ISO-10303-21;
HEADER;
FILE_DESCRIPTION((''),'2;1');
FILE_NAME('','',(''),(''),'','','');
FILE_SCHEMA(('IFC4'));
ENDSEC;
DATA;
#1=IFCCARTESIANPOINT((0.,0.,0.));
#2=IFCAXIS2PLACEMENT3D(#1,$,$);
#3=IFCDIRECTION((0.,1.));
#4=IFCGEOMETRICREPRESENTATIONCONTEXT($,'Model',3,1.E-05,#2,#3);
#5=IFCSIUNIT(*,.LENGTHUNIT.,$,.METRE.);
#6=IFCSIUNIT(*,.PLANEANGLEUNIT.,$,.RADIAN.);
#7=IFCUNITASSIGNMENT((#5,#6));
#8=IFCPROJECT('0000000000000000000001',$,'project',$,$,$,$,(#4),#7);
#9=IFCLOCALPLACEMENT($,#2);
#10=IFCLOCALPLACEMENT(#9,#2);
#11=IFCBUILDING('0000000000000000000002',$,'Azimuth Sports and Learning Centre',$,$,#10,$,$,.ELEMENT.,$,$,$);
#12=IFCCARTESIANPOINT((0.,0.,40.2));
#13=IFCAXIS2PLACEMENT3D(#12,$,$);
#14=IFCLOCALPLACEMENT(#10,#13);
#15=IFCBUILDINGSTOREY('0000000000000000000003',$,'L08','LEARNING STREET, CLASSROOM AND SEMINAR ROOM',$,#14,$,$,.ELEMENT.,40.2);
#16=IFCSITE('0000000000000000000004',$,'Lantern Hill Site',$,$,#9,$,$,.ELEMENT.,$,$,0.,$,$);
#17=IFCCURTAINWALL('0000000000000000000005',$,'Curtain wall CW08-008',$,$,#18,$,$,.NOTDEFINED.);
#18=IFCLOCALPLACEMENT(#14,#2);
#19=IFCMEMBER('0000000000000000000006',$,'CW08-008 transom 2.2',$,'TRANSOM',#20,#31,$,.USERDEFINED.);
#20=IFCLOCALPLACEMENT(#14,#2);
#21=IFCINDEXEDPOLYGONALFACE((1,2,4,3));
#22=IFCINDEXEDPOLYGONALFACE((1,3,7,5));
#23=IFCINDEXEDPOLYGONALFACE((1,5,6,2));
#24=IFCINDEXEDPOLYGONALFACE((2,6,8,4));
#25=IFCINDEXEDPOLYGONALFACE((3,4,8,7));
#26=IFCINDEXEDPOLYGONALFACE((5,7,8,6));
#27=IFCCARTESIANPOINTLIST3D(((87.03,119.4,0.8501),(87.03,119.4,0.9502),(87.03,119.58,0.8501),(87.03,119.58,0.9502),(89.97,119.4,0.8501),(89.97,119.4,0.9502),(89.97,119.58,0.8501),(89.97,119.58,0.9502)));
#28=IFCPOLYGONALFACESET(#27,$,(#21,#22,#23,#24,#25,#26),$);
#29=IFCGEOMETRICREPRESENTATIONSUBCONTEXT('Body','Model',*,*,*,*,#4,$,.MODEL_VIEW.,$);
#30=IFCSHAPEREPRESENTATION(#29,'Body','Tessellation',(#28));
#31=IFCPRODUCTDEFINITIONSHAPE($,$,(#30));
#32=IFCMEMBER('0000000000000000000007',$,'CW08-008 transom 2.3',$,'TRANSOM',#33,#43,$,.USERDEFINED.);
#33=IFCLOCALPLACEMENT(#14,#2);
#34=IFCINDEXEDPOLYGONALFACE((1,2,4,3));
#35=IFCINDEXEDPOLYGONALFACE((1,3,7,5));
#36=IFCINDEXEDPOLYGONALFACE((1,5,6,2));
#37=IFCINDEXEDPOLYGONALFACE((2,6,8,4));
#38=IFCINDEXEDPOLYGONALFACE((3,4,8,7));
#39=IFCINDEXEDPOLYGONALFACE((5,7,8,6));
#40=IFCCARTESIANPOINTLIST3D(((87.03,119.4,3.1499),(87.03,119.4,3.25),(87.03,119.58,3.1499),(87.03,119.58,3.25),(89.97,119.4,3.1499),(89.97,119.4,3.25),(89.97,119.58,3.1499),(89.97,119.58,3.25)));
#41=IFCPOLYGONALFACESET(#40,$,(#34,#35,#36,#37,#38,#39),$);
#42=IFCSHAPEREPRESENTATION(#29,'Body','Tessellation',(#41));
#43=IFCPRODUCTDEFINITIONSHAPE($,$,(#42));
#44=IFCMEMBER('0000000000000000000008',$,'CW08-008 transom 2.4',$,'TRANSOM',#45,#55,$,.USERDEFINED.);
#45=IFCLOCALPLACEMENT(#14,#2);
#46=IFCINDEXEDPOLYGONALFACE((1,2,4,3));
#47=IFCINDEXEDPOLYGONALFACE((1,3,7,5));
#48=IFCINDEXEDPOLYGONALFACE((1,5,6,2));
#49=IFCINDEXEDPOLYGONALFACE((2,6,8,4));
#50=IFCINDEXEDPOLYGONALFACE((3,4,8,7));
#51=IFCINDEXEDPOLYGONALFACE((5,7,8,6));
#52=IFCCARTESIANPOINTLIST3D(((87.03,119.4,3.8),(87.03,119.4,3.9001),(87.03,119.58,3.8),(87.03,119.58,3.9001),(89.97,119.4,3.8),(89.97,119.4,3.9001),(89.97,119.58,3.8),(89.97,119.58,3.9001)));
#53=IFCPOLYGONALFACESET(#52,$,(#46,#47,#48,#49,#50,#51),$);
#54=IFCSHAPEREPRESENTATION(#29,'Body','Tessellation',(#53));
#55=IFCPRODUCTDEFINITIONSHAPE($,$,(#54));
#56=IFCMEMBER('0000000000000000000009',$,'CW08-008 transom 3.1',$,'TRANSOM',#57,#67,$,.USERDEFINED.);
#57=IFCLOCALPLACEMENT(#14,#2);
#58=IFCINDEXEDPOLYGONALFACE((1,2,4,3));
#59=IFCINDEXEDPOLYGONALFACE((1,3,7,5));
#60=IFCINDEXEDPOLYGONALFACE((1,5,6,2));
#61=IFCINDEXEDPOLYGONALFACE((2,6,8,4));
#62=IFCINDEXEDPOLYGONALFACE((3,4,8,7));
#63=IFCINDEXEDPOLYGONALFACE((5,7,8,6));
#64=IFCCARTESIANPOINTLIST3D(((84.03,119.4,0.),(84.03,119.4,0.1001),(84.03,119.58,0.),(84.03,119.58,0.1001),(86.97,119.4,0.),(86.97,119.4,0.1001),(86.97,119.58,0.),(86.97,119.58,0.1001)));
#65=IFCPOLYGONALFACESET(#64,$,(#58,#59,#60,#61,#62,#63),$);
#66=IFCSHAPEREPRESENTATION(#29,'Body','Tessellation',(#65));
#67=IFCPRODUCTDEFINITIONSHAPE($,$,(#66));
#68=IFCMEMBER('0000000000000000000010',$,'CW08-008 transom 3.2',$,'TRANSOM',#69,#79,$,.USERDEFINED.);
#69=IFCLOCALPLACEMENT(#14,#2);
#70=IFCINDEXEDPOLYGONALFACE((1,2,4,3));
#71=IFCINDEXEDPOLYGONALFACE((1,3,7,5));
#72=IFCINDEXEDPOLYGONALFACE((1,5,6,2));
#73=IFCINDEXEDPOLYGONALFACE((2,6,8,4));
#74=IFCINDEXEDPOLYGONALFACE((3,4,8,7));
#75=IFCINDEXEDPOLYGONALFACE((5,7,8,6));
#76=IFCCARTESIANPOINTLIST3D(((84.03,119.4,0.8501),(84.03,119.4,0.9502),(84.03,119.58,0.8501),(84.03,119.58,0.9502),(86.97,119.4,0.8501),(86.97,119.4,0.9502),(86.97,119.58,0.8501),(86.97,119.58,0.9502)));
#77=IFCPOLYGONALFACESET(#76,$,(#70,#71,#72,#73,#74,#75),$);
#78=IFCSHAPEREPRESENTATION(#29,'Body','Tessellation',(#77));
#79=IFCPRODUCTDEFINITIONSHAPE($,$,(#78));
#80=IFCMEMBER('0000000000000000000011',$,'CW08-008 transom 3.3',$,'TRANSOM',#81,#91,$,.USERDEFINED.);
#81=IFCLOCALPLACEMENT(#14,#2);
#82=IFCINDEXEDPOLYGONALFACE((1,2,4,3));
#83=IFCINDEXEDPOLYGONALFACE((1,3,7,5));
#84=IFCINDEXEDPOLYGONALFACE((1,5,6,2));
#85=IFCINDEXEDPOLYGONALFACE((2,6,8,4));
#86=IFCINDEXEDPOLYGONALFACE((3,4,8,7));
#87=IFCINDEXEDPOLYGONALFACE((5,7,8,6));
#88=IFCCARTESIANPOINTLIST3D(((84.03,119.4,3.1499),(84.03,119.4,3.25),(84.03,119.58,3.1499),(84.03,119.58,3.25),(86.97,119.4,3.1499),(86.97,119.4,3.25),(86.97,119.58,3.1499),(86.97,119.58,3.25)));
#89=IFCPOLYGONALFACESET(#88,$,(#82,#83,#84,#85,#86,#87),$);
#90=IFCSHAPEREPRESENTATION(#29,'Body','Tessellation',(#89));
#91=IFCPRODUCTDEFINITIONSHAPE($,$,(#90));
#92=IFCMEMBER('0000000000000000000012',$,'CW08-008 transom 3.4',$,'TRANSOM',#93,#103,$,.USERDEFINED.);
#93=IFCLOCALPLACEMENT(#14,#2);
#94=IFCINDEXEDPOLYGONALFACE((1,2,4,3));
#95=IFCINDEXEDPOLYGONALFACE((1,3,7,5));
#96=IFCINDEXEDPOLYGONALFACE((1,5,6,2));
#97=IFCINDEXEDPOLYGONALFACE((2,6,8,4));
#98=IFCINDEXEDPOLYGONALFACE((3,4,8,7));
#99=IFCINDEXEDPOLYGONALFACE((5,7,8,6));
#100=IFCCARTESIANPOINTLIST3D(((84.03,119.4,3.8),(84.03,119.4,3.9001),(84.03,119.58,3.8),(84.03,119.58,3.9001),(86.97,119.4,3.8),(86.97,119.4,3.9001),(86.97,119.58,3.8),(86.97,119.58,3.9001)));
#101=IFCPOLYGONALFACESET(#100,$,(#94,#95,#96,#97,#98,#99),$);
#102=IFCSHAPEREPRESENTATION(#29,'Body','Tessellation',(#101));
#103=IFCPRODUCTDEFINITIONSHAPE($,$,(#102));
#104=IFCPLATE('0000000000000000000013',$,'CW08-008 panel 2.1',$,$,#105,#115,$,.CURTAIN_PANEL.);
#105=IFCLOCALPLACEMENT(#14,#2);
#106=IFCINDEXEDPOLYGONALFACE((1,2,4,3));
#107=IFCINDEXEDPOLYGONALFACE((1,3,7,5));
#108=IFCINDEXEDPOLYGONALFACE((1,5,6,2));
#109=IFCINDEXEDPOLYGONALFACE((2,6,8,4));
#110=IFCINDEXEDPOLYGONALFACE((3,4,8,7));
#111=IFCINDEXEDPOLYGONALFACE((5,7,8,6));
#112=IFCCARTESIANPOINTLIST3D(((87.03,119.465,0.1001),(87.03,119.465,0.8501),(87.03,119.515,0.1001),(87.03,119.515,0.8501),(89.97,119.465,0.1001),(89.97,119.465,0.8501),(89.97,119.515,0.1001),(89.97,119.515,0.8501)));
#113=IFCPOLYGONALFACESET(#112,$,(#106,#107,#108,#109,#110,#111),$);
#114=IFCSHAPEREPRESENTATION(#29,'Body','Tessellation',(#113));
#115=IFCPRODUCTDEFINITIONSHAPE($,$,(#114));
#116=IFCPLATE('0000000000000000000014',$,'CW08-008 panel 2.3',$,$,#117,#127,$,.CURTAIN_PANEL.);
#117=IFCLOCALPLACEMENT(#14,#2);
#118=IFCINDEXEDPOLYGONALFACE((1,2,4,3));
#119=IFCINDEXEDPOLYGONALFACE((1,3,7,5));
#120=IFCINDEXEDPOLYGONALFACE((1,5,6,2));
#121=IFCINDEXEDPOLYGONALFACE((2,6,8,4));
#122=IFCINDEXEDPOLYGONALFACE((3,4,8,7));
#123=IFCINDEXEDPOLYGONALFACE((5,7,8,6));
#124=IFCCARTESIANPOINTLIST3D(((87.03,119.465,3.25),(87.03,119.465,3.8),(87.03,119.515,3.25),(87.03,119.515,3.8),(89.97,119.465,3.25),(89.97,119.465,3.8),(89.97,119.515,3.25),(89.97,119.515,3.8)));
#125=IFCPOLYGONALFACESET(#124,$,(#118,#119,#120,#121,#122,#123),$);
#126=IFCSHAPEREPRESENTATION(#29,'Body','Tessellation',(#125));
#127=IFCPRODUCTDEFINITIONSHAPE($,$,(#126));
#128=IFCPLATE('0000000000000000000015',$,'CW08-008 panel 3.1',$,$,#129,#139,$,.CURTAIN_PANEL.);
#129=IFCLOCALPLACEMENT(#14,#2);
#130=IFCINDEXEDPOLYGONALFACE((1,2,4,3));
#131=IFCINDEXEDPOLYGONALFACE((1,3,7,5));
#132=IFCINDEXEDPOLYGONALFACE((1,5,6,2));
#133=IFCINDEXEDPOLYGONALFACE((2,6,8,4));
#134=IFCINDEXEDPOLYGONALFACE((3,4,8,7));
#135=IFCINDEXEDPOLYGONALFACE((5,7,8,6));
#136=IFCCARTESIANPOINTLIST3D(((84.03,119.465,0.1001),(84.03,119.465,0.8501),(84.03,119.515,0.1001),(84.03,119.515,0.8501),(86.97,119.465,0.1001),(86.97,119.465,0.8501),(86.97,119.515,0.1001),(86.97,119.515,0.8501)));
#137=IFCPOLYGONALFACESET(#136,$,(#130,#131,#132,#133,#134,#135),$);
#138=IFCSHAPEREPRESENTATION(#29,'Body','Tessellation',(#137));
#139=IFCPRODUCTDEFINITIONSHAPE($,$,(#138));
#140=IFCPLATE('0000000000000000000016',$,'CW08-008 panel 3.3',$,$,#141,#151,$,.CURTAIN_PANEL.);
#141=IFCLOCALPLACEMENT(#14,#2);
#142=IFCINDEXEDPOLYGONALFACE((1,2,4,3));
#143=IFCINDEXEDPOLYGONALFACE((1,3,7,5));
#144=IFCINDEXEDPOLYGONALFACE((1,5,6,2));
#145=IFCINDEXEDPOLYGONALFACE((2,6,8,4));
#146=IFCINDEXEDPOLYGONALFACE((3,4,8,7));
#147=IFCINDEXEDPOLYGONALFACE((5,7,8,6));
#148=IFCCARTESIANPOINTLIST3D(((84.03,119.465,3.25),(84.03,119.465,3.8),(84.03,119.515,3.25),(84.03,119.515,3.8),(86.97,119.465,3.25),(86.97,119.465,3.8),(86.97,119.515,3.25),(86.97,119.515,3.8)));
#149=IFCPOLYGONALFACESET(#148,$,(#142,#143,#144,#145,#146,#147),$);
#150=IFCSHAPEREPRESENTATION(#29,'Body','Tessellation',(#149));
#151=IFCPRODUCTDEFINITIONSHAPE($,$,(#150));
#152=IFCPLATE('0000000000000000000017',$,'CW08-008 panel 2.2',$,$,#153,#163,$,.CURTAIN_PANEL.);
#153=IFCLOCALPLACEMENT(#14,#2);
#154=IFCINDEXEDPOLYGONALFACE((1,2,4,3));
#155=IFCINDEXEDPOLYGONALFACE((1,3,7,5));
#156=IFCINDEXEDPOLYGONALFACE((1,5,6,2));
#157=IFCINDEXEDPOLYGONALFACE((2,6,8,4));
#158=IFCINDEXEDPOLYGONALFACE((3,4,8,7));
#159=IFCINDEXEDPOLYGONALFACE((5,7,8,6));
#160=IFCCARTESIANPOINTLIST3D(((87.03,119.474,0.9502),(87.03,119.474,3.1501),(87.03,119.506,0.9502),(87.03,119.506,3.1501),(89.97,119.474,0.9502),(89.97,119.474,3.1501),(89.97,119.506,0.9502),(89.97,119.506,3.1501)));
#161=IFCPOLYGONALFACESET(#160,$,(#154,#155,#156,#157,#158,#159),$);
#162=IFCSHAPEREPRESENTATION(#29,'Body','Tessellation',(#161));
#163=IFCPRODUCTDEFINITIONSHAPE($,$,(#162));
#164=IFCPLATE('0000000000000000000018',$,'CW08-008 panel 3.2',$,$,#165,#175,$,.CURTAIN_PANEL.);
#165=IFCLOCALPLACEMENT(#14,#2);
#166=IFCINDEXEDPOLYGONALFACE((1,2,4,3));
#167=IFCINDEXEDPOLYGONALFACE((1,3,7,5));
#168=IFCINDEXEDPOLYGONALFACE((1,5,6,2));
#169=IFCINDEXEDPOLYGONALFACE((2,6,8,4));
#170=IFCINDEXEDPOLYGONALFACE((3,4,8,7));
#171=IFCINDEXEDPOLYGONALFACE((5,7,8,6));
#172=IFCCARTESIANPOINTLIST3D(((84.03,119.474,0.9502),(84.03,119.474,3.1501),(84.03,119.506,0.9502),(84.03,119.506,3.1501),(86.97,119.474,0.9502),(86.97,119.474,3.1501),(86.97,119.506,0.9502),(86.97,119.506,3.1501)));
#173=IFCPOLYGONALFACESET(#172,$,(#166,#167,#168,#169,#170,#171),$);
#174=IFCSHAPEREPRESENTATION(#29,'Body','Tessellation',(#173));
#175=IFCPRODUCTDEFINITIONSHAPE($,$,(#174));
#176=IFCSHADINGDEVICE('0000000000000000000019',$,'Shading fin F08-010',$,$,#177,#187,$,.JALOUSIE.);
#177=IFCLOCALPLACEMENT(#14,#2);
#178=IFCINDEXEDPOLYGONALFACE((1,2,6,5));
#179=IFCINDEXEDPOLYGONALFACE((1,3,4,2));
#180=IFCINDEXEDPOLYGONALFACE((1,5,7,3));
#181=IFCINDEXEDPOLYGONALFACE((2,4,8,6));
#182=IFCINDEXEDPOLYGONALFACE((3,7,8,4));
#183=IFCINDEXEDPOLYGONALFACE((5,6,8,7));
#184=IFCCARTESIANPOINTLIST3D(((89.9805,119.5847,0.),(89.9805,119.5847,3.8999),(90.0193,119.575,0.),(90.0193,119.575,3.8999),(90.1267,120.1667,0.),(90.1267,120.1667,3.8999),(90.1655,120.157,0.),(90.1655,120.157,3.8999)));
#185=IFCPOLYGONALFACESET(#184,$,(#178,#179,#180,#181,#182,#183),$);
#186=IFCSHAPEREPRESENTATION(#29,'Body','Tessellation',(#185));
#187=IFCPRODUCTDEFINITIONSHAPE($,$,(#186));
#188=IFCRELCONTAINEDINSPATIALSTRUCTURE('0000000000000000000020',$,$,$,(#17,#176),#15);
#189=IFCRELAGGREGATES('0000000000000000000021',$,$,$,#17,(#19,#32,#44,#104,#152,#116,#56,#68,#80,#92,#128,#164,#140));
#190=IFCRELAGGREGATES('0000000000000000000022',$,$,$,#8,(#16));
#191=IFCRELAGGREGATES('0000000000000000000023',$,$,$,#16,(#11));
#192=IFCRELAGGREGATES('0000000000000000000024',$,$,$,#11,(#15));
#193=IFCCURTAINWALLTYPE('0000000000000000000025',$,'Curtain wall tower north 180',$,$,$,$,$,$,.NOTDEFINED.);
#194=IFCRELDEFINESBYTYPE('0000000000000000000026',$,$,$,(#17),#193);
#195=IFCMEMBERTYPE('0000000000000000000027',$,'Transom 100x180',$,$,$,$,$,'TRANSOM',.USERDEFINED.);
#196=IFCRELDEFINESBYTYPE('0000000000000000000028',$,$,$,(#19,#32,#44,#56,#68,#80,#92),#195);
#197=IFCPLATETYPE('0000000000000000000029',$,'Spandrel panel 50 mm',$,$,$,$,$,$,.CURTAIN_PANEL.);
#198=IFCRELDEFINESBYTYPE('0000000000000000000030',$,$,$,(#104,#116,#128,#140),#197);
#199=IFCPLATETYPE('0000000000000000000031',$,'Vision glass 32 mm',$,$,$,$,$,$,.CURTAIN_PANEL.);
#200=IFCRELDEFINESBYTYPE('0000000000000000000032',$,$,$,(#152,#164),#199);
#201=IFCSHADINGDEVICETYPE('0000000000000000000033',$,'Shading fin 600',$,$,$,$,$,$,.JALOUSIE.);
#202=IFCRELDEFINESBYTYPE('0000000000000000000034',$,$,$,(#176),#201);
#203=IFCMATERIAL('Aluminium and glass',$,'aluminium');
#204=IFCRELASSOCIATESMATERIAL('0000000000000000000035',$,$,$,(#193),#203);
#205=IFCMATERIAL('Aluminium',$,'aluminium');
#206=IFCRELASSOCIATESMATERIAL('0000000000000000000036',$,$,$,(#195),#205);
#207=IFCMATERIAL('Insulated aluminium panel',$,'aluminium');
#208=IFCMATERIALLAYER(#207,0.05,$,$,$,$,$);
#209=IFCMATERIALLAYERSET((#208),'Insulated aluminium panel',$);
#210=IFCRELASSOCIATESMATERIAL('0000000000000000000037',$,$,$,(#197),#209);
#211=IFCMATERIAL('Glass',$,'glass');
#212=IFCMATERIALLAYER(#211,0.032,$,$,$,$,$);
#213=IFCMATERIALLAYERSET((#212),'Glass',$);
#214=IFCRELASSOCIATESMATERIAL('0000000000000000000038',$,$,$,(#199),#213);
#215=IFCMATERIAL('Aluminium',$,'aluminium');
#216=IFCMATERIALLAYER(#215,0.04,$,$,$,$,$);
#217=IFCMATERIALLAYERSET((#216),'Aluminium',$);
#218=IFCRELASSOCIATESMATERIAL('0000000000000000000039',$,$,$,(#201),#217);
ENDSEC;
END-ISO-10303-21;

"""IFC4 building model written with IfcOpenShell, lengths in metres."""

from ifc_helpers import new_model, si_unit, direction, frame, origin, origin_2d, place, context, subcontext, project, spatial, rectangle, extrude, material, layer, layer_set, material_profile, profile_set, type_object, element, aggregate, save


model = new_model("IFC4")

# Units and contexts
model_context = context("Model", 3, precision=1e-05, world=origin(), true_north=direction((0.0, 1.0)))
body_context = subcontext(model_context, "Body", "Model", "MODEL_VIEW")
ifc_project = project(units=[si_unit("LENGTHUNIT", "METRE"), si_unit("PLANEANGLEUNIT", "RADIAN")], contexts=[model_context])

# Site, building, storey
site_placement = place(None, origin())
site = spatial("IfcSite", under=ifc_project, at=site_placement, Name="Lantern Hill Site", CompositionType="ELEMENT", RefElevation=0.0)
building_placement = place(site_placement, origin())
building = spatial("IfcBuilding", under=site, at=building_placement, Name="Azimuth Sports and Learning Centre", CompositionType="ELEMENT")
storey_placement = place(building_placement, frame((0.0, 0.0, 40.2)))
storey = spatial("IfcBuildingStorey", under=building, at=storey_placement, Name="L08", Description="LEARNING STREET, CLASSROOM AND SEMINAR ROOM", CompositionType="ELEMENT", Elevation=40.2)

# Curtain wall, members, plates
ifc_material_1 = material(Name="Aluminium and glass", Category="aluminium")
curtain_wall_type = type_object("IfcCurtainWallType", Name="Curtain wall tower north 180", PredefinedType="NOTDEFINED", material=ifc_material_1)
curtain_wall_placement = place(storey_placement, origin())
curtain_wall = element("IfcCurtainWall", 1, at=curtain_wall_placement, inside=storey, type_object=curtain_wall_type, Name="Curtain wall CW08-008", PredefinedType="NOTDEFINED")
ifc_material_2 = material(Name="Aluminium", Category="aluminium")
ifc_material_profile_1 = material_profile(ifc_material_2, rectangle(XDim=0.1799, YDim=0.1001, at=origin_2d()), Name="Transom 100x180")
ifc_profile_set_1 = profile_set([ifc_material_profile_1], Name="Aluminium")
member_type_1 = type_object("IfcMemberType", Name="Transom 100x180", ElementType="TRANSOM", PredefinedType="USERDEFINED", material=ifc_profile_set_1)
member_1_placement = place(storey_placement, frame((89.97, 119.49, 0.9001), z_axis=(-1.0, 0.0, 0.0), x_axis=(0.0, -1.0, 0.0)))
member_1 = element("IfcMember", 2, at=member_1_placement, type_object=member_type_1, Name="CW08-008 transom 2.2", ObjectType="TRANSOM", PredefinedType="USERDEFINED", context=body_context, shape_type="SweptSolid", body=[
    extrude(rectangle(XDim=0.1799, YDim=0.1001, at=origin_2d()), origin(), (0.0, 0.0, 1.0), 2.9399),
])
member_2_placement = place(storey_placement, frame((89.97, 119.49, 3.2), z_axis=(-1.0, 0.0, 0.0), x_axis=(0.0, -1.0, 0.0)))
member_2 = element("IfcMember", 3, at=member_2_placement, type_object=member_type_1, Name="CW08-008 transom 2.3", ObjectType="TRANSOM", PredefinedType="USERDEFINED", context=body_context, shape_type="SweptSolid", body=[
    extrude(rectangle(XDim=0.1799, YDim=0.1001, at=origin_2d()), origin(), (0.0, 0.0, 1.0), 2.9399),
])
member_3_placement = place(storey_placement, frame((89.97, 119.49, 3.8501), z_axis=(-1.0, 0.0, 0.0), x_axis=(0.0, -1.0, 0.0)))
member_3 = element("IfcMember", 4, at=member_3_placement, type_object=member_type_1, Name="CW08-008 transom 2.4", ObjectType="TRANSOM", PredefinedType="USERDEFINED", context=body_context, shape_type="SweptSolid", body=[
    extrude(rectangle(XDim=0.1799, YDim=0.1001, at=origin_2d()), origin(), (0.0, 0.0, 1.0), 2.9399),
])
member_4_placement = place(storey_placement, frame((86.97, 119.49, 0.05), z_axis=(-1.0, 0.0, 0.0), x_axis=(0.0, -1.0, 0.0)))
member_4 = element("IfcMember", 5, at=member_4_placement, type_object=member_type_1, Name="CW08-008 transom 3.1", ObjectType="TRANSOM", PredefinedType="USERDEFINED", context=body_context, shape_type="SweptSolid", body=[
    extrude(rectangle(XDim=0.1799, YDim=0.1001, at=origin_2d()), origin(), (0.0, 0.0, 1.0), 2.9399),
])
member_5_placement = place(storey_placement, frame((86.97, 119.49, 0.9001), z_axis=(-1.0, 0.0, 0.0), x_axis=(0.0, -1.0, 0.0)))
member_5 = element("IfcMember", 6, at=member_5_placement, type_object=member_type_1, Name="CW08-008 transom 3.2", ObjectType="TRANSOM", PredefinedType="USERDEFINED", context=body_context, shape_type="SweptSolid", body=[
    extrude(rectangle(XDim=0.1799, YDim=0.1001, at=origin_2d()), origin(), (0.0, 0.0, 1.0), 2.9399),
])
member_6_placement = place(storey_placement, frame((86.97, 119.49, 3.2), z_axis=(-1.0, 0.0, 0.0), x_axis=(0.0, -1.0, 0.0)))
member_6 = element("IfcMember", 7, at=member_6_placement, type_object=member_type_1, Name="CW08-008 transom 3.3", ObjectType="TRANSOM", PredefinedType="USERDEFINED", context=body_context, shape_type="SweptSolid", body=[
    extrude(rectangle(XDim=0.1799, YDim=0.1001, at=origin_2d()), origin(), (0.0, 0.0, 1.0), 2.9399),
])
member_7_placement = place(storey_placement, frame((86.97, 119.49, 3.8501), z_axis=(-1.0, 0.0, 0.0), x_axis=(0.0, -1.0, 0.0)))
member_7 = element("IfcMember", 8, at=member_7_placement, type_object=member_type_1, Name="CW08-008 transom 3.4", ObjectType="TRANSOM", PredefinedType="USERDEFINED", context=body_context, shape_type="SweptSolid", body=[
    extrude(rectangle(XDim=0.1799, YDim=0.1001, at=origin_2d()), origin(), (0.0, 0.0, 1.0), 2.9399),
])
ifc_material_3 = material(Name="Insulated aluminium panel", Category="aluminium")
ifc_layer_1 = layer(ifc_material_3, 0.05)
ifc_layer_set_1 = layer_set([ifc_layer_1], Name="Insulated aluminium panel")
plate_type_1 = type_object("IfcPlateType", Name="Spandrel panel 50 mm", PredefinedType="CURTAIN_PANEL", material=ifc_layer_set_1)
plate_1_placement = place(storey_placement, frame((88.5, 119.49, 0.1001), z_axis=(0.0, 0.0, 1.0), x_axis=(-1.0, 0.0, 0.0)))
plate_1 = element("IfcPlate", 9, at=plate_1_placement, type_object=plate_type_1, Name="CW08-008 panel 2.1", PredefinedType="CURTAIN_PANEL", context=body_context, shape_type="SweptSolid", body=[
    extrude(rectangle(XDim=2.9399, YDim=0.05, at=origin_2d()), origin(), (0.0, 0.0, 1.0), 0.75),
])
plate_2_placement = place(storey_placement, frame((88.5, 119.49, 3.25), z_axis=(0.0, 0.0, 1.0), x_axis=(-1.0, 0.0, 0.0)))
plate_2 = element("IfcPlate", 10, at=plate_2_placement, type_object=plate_type_1, Name="CW08-008 panel 2.3", PredefinedType="CURTAIN_PANEL", context=body_context, shape_type="SweptSolid", body=[
    extrude(rectangle(XDim=2.9399, YDim=0.05, at=origin_2d()), origin(), (0.0, 0.0, 1.0), 0.55),
])
plate_3_placement = place(storey_placement, frame((85.5, 119.49, 0.1001), z_axis=(0.0, 0.0, 1.0), x_axis=(-1.0, 0.0, 0.0)))
plate_3 = element("IfcPlate", 11, at=plate_3_placement, type_object=plate_type_1, Name="CW08-008 panel 3.1", PredefinedType="CURTAIN_PANEL", context=body_context, shape_type="SweptSolid", body=[
    extrude(rectangle(XDim=2.9399, YDim=0.05, at=origin_2d()), origin(), (0.0, 0.0, 1.0), 0.75),
])
plate_4_placement = place(storey_placement, frame((85.5, 119.49, 3.25), z_axis=(0.0, 0.0, 1.0), x_axis=(-1.0, 0.0, 0.0)))
plate_4 = element("IfcPlate", 12, at=plate_4_placement, type_object=plate_type_1, Name="CW08-008 panel 3.3", PredefinedType="CURTAIN_PANEL", context=body_context, shape_type="SweptSolid", body=[
    extrude(rectangle(XDim=2.9399, YDim=0.05, at=origin_2d()), origin(), (0.0, 0.0, 1.0), 0.55),
])
ifc_material_4 = material(Name="Glass", Category="glass")
ifc_layer_2 = layer(ifc_material_4, 0.032)
ifc_layer_set_2 = layer_set([ifc_layer_2], Name="Glass")
plate_type_2 = type_object("IfcPlateType", Name="Vision glass 32 mm", PredefinedType="CURTAIN_PANEL", material=ifc_layer_set_2)
plate_5_placement = place(storey_placement, frame((88.5, 119.49, 0.9502), z_axis=(0.0, 0.0, 1.0), x_axis=(-1.0, 0.0, 0.0)))
plate_5 = element("IfcPlate", 13, at=plate_5_placement, type_object=plate_type_2, Name="CW08-008 panel 2.2", PredefinedType="CURTAIN_PANEL", context=body_context, shape_type="SweptSolid", body=[
    extrude(rectangle(XDim=2.9399, YDim=0.032, at=origin_2d()), origin(), (0.0, 0.0, 1.0), 2.2),
])
plate_6_placement = place(storey_placement, frame((85.5, 119.49, 0.9502), z_axis=(0.0, 0.0, 1.0), x_axis=(-1.0, 0.0, 0.0)))
plate_6 = element("IfcPlate", 14, at=plate_6_placement, type_object=plate_type_2, Name="CW08-008 panel 3.2", PredefinedType="CURTAIN_PANEL", context=body_context, shape_type="SweptSolid", body=[
    extrude(rectangle(XDim=2.9399, YDim=0.032, at=origin_2d()), origin(), (0.0, 0.0, 1.0), 2.2),
])
aggregate(curtain_wall, [member_1, member_2, member_3, plate_1, plate_5, plate_2, member_4, member_5, member_6, member_7, plate_3, plate_6, plate_4])

# Shading device
ifc_material_5 = material(Name="Aluminium", Category="aluminium")
ifc_layer_3 = layer(ifc_material_5, 0.04)
ifc_layer_set_3 = layer_set([ifc_layer_3], Name="Aluminium")
shading_device_type = type_object("IfcShadingDeviceType", Name="Shading fin 600", PredefinedType="JALOUSIE", material=ifc_layer_set_3)
shading_device_placement = place(storey_placement, frame((90.073, 119.8708, 0.0), z_axis=(0.0, 0.0, 1.0), x_axis=(0.243731, 0.969843, 0.0)))
element("IfcShadingDevice", 15, at=shading_device_placement, inside=storey, type_object=shading_device_type, Name="Shading fin F08-010", PredefinedType="JALOUSIE", context=body_context, shape_type="SweptSolid", body=[
    extrude(rectangle(XDim=0.6001, YDim=0.04, at=origin_2d()), origin(), (0.0, 0.0, 1.0), 3.8999),
])

save(model, "model.ifc")
